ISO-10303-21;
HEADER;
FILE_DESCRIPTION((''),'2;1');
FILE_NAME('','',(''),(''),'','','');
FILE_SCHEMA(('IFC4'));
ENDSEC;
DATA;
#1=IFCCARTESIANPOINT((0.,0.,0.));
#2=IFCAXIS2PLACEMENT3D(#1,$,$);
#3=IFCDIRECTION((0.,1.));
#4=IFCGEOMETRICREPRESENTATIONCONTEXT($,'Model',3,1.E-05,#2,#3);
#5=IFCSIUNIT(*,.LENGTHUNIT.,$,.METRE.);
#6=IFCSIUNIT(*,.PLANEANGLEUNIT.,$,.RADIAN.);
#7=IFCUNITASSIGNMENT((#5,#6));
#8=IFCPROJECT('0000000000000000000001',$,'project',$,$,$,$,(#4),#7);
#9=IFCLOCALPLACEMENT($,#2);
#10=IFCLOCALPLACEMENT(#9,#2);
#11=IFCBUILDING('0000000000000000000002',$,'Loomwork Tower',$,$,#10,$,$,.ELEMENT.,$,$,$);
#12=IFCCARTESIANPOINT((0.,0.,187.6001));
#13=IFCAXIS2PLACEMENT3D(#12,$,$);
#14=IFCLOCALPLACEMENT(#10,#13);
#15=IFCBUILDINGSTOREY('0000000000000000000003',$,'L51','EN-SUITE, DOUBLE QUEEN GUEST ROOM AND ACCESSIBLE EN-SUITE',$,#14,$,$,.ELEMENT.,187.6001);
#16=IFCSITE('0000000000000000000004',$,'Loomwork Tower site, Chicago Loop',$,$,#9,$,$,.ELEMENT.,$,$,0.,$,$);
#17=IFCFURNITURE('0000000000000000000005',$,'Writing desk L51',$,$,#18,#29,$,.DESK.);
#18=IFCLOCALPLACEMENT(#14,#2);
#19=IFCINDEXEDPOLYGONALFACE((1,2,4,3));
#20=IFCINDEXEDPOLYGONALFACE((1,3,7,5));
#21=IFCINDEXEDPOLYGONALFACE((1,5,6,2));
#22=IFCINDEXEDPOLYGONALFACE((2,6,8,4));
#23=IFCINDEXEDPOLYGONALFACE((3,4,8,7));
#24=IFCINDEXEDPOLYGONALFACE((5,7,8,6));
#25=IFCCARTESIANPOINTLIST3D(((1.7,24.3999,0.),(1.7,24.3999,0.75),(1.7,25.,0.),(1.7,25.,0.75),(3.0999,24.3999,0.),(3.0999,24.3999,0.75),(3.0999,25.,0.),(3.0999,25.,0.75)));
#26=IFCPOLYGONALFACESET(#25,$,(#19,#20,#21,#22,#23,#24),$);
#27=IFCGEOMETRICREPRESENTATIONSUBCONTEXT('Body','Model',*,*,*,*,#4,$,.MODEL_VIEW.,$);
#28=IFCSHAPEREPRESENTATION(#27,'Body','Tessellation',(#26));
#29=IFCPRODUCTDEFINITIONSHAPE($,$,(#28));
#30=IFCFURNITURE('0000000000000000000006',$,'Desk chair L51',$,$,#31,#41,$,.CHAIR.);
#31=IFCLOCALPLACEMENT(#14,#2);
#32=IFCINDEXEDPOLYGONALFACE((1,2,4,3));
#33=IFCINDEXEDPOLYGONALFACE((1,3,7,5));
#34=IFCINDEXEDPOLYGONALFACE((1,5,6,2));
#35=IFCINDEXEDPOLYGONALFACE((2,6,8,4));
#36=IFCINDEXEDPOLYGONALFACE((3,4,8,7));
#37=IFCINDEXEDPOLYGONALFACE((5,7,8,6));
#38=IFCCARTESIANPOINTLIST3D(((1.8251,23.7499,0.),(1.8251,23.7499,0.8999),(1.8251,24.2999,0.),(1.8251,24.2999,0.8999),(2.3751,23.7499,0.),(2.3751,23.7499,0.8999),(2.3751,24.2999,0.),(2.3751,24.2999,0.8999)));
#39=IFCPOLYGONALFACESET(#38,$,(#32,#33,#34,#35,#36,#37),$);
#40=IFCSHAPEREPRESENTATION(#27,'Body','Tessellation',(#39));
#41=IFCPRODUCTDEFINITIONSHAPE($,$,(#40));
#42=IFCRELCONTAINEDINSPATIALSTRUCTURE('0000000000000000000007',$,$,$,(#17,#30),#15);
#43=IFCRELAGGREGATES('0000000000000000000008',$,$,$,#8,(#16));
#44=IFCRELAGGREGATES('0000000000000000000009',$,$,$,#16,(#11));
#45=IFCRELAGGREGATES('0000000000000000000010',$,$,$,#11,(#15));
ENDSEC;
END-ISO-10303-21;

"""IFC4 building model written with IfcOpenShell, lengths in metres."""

from ifc_helpers import new_model, si_unit, direction, frame, origin, origin_2d, place, context, subcontext, project, spatial, rectangle, extrude, element, save


model = new_model("IFC4")

# Units and contexts
model_context = context("Model", 3, precision=1e-05, world=origin(), true_north=direction((0.0, 1.0)))
body_context = subcontext(model_context, "Body", "Model", "MODEL_VIEW")
ifc_project = project(units=[si_unit("LENGTHUNIT", "METRE"), si_unit("PLANEANGLEUNIT", "RADIAN")], contexts=[model_context])

# Site, building, storey
site_placement = place(None, origin())
site = spatial("IfcSite", under=ifc_project, at=site_placement, Name="Loomwork Tower site, Chicago Loop", CompositionType="ELEMENT", RefElevation=0.0)
building_placement = place(site_placement, origin())
building = spatial("IfcBuilding", under=site, at=building_placement, Name="Loomwork Tower", CompositionType="ELEMENT")
storey_placement = place(building_placement, frame((0.0, 0.0, 187.6001)))
storey = spatial("IfcBuildingStorey", under=building, at=storey_placement, Name="L51", Description="EN-SUITE, DOUBLE QUEEN GUEST ROOM AND ACCESSIBLE EN-SUITE", CompositionType="ELEMENT", Elevation=187.6001)

# Furniture
furniture_1_placement = place(storey_placement, frame((2.3999, 24.7, 0.0), z_axis=(0.0, 0.0, 1.0), x_axis=(1.0, 0.0, 0.0)))
element("IfcFurniture", 1, at=furniture_1_placement, inside=storey, Name="Writing desk L51", PredefinedType="DESK", context=body_context, shape_type="SweptSolid", body=[
    extrude(rectangle(XDim=1.3999, YDim=0.6001, at=origin_2d()), origin(), (0.0, 0.0, 1.0), 0.75),
])
furniture_2_placement = place(storey_placement, frame((2.1001, 24.0249, 0.0), z_axis=(0.0, 0.0, 1.0), x_axis=(1.0, 0.0, 0.0)))
element("IfcFurniture", 2, at=furniture_2_placement, inside=storey, Name="Desk chair L51", PredefinedType="CHAIR", context=body_context, shape_type="SweptSolid", body=[
    extrude(rectangle(XDim=0.55, YDim=0.55, at=origin_2d()), origin(), (0.0, 0.0, 1.0), 0.8999),
])

save(model, "model.ifc")
